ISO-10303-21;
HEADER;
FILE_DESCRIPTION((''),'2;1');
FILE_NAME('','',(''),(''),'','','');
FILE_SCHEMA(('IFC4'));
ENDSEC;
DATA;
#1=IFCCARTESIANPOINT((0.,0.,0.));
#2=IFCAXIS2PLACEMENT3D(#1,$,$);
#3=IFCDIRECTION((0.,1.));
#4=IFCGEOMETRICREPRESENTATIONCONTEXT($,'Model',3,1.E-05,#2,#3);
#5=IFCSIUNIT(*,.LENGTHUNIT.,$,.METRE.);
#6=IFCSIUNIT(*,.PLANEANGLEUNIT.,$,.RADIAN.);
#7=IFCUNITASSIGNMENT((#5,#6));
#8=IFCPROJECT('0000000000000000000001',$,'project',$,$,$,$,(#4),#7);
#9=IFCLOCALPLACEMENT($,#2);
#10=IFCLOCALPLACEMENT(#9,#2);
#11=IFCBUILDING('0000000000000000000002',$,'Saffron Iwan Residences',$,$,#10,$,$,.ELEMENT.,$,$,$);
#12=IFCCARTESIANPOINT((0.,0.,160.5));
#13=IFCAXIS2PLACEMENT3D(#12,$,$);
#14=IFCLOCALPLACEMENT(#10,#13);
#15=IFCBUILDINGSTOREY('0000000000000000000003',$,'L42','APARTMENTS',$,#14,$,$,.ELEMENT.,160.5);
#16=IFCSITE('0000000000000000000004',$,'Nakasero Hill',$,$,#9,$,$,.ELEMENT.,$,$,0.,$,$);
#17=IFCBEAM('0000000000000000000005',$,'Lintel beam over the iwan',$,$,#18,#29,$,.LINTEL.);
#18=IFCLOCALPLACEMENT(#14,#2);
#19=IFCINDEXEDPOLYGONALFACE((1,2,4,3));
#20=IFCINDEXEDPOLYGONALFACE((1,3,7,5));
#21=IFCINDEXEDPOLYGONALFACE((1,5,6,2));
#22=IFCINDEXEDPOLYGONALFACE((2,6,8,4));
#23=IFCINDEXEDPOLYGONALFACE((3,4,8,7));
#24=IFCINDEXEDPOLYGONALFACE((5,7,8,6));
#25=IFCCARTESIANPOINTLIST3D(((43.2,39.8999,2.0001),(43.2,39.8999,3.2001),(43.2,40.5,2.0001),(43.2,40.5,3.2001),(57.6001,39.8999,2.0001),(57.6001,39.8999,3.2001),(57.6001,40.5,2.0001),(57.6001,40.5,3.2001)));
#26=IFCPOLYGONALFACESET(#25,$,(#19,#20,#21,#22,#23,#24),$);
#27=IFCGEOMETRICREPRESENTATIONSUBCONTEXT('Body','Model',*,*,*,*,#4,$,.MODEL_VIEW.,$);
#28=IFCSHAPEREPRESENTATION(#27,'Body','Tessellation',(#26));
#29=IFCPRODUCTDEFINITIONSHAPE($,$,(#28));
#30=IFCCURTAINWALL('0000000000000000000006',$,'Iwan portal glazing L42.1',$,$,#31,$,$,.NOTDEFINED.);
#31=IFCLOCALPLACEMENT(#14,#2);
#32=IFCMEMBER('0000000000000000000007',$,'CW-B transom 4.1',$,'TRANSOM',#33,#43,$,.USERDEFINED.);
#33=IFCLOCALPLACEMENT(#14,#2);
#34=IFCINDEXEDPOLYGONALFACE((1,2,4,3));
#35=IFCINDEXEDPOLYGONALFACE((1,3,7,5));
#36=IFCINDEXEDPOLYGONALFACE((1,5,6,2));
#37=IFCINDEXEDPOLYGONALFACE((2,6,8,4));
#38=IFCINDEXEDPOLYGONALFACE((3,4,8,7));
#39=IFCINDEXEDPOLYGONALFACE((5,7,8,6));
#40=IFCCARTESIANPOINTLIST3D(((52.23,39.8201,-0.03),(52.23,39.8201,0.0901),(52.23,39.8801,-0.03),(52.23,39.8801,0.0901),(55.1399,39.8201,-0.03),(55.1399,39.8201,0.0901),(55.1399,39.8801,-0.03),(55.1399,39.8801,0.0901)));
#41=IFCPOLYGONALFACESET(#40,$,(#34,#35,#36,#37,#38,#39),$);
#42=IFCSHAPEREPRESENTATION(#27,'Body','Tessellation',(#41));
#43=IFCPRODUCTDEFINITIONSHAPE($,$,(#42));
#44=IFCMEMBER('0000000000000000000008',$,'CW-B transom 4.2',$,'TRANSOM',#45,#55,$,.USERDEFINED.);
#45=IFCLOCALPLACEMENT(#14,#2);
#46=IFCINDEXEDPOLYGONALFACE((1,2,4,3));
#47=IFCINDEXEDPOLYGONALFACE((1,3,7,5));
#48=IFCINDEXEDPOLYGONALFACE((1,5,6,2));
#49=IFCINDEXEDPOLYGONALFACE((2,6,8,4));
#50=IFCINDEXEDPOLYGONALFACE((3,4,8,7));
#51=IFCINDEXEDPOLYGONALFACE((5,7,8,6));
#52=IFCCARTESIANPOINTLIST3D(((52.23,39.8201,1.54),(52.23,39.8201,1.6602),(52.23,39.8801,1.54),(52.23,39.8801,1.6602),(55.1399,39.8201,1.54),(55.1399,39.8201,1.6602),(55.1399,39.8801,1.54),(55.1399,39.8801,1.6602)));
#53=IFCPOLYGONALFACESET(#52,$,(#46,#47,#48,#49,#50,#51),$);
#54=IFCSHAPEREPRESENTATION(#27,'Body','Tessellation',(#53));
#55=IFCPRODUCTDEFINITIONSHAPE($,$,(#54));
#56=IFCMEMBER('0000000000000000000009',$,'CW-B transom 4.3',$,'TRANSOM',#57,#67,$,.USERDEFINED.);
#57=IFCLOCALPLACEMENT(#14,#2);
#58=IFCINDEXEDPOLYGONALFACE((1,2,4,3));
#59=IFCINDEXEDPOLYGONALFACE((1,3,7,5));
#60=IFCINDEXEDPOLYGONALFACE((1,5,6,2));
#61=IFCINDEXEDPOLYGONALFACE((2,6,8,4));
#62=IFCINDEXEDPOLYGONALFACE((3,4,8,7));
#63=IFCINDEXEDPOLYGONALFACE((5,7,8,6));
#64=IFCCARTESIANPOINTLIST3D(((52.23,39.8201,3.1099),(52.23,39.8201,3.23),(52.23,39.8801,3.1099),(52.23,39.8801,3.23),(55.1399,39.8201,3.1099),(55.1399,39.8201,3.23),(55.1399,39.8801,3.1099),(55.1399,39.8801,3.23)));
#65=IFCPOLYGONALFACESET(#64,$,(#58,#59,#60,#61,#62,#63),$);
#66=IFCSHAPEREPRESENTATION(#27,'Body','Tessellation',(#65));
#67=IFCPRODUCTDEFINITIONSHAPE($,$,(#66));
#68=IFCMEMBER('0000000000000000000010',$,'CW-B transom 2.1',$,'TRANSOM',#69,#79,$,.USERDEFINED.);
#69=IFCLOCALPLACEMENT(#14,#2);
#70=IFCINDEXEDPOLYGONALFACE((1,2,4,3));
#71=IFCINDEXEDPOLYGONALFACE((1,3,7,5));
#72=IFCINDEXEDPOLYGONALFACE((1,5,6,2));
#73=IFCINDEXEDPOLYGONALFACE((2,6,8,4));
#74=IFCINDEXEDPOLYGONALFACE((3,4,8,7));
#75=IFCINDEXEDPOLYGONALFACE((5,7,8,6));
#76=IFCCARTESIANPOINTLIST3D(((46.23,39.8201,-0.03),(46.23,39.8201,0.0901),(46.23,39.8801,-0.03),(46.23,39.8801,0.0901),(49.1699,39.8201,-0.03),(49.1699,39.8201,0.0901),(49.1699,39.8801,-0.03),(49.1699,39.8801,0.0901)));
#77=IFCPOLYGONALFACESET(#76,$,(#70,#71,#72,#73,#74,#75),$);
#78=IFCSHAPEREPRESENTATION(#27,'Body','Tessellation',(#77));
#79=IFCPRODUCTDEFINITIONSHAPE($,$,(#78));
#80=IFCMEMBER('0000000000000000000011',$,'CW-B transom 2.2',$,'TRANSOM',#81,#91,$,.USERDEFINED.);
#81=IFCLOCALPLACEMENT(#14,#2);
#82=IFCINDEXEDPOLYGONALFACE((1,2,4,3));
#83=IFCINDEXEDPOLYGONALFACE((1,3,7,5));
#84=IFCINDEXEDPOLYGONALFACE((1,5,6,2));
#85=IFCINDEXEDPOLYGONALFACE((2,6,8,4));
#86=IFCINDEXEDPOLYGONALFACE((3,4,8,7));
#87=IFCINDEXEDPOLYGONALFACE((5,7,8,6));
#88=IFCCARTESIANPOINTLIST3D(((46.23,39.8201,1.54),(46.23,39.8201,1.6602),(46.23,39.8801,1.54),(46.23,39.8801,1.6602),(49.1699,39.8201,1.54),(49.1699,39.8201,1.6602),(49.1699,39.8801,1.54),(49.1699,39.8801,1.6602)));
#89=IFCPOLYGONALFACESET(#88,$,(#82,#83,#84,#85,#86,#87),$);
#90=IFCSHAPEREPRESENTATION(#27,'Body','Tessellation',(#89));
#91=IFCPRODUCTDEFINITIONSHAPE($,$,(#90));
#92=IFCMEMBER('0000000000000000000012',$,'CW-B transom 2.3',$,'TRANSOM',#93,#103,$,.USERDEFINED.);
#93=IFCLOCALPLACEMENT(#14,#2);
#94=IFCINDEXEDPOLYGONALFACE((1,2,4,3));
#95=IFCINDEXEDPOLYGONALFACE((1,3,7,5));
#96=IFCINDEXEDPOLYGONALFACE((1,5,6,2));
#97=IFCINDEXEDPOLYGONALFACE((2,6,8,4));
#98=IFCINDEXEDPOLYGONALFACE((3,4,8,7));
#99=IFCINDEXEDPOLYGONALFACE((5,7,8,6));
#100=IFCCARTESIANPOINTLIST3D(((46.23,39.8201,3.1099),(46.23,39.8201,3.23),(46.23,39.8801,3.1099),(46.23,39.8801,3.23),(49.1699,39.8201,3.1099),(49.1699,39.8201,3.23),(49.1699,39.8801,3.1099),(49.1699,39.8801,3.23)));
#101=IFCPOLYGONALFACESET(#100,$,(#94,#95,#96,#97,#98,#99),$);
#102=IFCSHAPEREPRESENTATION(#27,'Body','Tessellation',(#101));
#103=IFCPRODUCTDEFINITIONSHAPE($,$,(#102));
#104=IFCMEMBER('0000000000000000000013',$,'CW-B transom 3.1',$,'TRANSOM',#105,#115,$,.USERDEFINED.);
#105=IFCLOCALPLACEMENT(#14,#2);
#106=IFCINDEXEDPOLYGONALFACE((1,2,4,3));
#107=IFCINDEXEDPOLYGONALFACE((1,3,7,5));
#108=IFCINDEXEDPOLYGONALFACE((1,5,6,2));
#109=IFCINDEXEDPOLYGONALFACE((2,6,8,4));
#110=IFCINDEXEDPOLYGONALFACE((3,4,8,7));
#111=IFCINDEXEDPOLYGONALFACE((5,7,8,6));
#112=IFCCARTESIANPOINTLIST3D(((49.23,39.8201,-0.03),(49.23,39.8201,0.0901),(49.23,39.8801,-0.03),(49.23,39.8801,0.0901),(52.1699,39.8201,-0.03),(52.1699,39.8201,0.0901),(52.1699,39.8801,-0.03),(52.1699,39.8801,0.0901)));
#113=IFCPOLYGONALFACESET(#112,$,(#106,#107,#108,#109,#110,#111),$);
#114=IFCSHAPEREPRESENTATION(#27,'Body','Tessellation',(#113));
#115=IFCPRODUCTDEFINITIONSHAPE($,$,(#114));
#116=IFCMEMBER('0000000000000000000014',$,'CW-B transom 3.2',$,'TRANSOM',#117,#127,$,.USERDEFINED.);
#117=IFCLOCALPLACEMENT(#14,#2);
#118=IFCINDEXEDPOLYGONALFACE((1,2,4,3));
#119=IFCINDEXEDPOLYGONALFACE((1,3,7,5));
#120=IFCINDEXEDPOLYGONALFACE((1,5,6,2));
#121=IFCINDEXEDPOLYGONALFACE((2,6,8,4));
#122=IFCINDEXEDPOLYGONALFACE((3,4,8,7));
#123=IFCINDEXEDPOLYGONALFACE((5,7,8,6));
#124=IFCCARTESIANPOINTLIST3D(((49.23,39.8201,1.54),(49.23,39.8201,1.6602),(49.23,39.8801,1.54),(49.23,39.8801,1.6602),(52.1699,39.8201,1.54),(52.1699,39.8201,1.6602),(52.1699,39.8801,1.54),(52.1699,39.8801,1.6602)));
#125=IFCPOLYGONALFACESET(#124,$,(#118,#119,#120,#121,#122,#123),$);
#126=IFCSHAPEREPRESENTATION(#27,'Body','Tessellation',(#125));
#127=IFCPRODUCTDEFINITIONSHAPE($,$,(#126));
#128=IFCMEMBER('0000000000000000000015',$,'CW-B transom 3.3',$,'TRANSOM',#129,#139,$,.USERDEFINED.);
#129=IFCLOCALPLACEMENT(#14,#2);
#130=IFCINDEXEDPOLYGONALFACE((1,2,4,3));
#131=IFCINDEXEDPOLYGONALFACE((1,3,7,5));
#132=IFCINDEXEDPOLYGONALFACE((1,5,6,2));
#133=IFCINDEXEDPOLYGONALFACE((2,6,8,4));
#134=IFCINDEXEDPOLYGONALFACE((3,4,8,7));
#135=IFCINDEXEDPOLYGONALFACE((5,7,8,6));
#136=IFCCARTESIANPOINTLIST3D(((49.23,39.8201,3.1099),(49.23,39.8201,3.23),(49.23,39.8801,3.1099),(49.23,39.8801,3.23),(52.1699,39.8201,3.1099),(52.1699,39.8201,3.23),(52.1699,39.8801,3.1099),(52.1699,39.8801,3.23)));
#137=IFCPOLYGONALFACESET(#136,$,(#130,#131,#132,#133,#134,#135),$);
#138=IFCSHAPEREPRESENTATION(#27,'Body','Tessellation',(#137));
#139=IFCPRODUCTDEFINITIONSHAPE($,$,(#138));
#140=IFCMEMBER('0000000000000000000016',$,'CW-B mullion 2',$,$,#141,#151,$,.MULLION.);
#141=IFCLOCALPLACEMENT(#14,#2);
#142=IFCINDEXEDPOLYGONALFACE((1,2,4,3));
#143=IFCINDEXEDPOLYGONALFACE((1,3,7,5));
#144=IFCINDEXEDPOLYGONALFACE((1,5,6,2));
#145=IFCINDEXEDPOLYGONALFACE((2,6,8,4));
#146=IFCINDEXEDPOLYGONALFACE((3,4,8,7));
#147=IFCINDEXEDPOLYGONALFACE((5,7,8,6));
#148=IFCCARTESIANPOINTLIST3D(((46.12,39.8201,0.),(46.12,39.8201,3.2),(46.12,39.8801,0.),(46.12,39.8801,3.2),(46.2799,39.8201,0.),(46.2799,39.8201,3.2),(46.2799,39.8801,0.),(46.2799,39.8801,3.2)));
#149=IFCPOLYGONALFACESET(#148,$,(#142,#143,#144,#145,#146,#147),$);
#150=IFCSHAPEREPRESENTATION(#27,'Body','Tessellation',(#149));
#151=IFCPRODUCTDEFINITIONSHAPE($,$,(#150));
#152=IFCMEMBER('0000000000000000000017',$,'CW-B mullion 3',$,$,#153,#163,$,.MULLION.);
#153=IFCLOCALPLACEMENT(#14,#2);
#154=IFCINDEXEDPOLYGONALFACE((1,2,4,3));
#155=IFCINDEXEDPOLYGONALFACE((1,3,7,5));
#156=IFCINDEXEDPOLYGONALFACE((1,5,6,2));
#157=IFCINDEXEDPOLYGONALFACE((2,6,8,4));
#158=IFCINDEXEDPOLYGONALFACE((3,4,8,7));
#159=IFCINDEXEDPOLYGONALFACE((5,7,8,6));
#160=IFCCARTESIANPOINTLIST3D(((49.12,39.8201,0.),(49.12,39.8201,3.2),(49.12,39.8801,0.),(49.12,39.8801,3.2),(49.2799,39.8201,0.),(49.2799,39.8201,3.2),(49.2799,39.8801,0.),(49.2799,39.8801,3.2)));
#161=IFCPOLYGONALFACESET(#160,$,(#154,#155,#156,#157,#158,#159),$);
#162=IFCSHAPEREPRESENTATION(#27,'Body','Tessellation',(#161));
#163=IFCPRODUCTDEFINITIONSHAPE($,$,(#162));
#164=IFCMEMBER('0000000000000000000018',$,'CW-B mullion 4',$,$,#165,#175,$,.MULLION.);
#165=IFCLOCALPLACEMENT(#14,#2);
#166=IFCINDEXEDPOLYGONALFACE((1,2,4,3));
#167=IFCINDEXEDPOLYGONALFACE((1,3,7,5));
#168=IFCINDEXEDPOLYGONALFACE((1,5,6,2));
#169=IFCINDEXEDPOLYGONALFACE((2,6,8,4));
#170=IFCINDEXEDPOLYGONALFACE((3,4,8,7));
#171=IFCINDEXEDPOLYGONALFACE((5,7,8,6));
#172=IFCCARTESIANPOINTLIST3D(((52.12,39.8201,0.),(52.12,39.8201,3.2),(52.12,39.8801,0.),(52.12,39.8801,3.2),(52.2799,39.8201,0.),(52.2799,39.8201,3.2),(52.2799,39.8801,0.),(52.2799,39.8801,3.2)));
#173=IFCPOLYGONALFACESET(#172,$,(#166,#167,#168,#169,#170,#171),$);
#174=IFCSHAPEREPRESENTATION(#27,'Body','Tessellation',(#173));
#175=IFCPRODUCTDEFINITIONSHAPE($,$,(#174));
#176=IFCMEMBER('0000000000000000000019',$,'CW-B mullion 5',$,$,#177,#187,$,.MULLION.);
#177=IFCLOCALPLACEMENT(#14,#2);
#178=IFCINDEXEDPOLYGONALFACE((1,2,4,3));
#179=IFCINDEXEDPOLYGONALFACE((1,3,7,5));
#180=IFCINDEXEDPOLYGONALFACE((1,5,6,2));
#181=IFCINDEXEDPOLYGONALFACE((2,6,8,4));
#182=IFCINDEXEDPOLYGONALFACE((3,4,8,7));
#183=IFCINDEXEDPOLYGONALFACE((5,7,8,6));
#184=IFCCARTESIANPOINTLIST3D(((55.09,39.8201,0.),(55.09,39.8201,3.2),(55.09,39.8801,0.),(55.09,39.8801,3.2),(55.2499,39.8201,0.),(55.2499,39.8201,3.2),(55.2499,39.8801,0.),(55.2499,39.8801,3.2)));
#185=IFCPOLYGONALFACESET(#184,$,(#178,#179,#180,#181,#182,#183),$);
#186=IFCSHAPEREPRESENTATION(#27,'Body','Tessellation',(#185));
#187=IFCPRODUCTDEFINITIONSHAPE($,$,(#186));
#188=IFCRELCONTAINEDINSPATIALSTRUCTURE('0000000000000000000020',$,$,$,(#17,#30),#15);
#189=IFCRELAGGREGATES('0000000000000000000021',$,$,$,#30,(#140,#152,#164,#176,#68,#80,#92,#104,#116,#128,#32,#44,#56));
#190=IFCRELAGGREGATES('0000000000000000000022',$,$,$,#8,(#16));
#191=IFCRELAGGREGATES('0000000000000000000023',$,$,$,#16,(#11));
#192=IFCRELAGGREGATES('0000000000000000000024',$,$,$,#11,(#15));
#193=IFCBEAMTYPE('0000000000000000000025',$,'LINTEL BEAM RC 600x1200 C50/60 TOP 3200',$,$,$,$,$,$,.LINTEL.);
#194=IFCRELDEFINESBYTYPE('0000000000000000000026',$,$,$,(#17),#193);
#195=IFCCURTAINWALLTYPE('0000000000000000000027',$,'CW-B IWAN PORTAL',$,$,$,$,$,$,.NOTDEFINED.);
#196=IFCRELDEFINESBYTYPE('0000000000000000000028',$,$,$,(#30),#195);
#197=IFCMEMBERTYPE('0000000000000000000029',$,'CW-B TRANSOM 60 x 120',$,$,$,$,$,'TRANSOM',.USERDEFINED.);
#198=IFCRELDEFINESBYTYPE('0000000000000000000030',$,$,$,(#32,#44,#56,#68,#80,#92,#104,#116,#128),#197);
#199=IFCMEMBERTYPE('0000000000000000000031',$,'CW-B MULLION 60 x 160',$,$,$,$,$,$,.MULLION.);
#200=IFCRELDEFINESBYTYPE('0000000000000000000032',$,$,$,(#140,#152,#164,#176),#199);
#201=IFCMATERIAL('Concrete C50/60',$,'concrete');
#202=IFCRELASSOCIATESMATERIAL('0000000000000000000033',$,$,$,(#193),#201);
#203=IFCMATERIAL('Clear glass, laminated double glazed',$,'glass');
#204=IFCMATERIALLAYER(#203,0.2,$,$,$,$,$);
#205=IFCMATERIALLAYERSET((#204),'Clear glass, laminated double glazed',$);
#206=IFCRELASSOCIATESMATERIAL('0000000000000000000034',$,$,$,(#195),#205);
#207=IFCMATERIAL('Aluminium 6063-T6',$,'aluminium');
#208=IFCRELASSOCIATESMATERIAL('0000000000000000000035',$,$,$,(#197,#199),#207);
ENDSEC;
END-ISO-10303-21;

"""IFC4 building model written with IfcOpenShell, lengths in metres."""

from ifc_helpers import new_model, si_unit, direction, frame, origin, origin_2d, place, context, subcontext, project, spatial, rectangle, extrude, source, transform, mapped, material, layer, layer_set, material_profile, profile_set, type_object, element, aggregate, save


model = new_model("IFC4")

# Units and contexts
model_context = context("Model", 3, precision=1e-05, world=origin(), true_north=direction((0.0, 1.0)))
body_context = subcontext(model_context, "Body", "Model", "MODEL_VIEW")
ifc_project = project(units=[si_unit("LENGTHUNIT", "METRE"), si_unit("PLANEANGLEUNIT", "RADIAN")], contexts=[model_context])

# Site, building, storey
site_placement = place(None, origin())
site = spatial("IfcSite", under=ifc_project, at=site_placement, Name="Nakasero Hill", CompositionType="ELEMENT", RefElevation=0.0)
building_placement = place(site_placement, origin())
building = spatial("IfcBuilding", under=site, at=building_placement, Name="Saffron Iwan Residences", CompositionType="ELEMENT")
storey_placement = place(building_placement, frame((0.0, 0.0, 160.5)))
storey = spatial("IfcBuildingStorey", under=building, at=storey_placement, Name="L42", Description="APARTMENTS", CompositionType="ELEMENT", Elevation=160.5)

# Beam
ifc_material_1 = material(Name="Concrete C50/60", Category="concrete")
ifc_material_profile_1 = material_profile(ifc_material_1, rectangle(XDim=0.6001, YDim=1.2, at=origin_2d()), Name="RC 600x1200")
ifc_profile_set_1 = profile_set([ifc_material_profile_1], Name="Concrete C50/60")
beam_type = type_object("IfcBeamType", Name="LINTEL BEAM RC 600x1200 C50/60 TOP 3200", PredefinedType="LINTEL", material=ifc_profile_set_1)
shared_shape_1 = source(origin(), body_context, "Body", "SweptSolid", [
    extrude(rectangle(XDim=0.6001, YDim=1.2, at=origin_2d()), origin(), (0.0, 0.0, 1.0), 14.4001),
])
beam_placement = place(storey_placement, frame((57.6001, 40.2, 2.6001), z_axis=(-1.0, 0.0, 0.0), x_axis=(0.0, -1.0, 0.0)))
element("IfcBeam", 1, at=beam_placement, inside=storey, type_object=beam_type, Name="Lintel beam over the iwan", PredefinedType="LINTEL", context=body_context, shape_type="MappedRepresentation", body=[
    mapped(shared_shape_1, transform((0.0, 0.0, 0.0))),
])

# Curtain wall, members
ifc_material_2 = material(Name="Clear glass, laminated double glazed", Category="glass")
ifc_layer_1 = layer(ifc_material_2, 0.2)
ifc_layer_set_1 = layer_set([ifc_layer_1], Name="Clear glass, laminated double glazed")
curtain_wall_type = type_object("IfcCurtainWallType", Name="CW-B IWAN PORTAL", PredefinedType="NOTDEFINED", material=ifc_layer_set_1)
curtain_wall_placement = place(storey_placement, origin())
curtain_wall = element("IfcCurtainWall", 2, at=curtain_wall_placement, inside=storey, type_object=curtain_wall_type, Name="Iwan portal glazing L42.1", PredefinedType="NOTDEFINED")
ifc_material_3 = material(Name="Aluminium 6063-T6", Category="aluminium")
ifc_material_profile_2 = material_profile(ifc_material_3, rectangle(XDim=0.0601, YDim=0.1201, at=origin_2d()), Name="CW-B TRANSOM 60 x 120")
ifc_profile_set_2 = profile_set([ifc_material_profile_2], Name="Aluminium 6063-T6")
member_type_1 = type_object("IfcMemberType", Name="CW-B TRANSOM 60 x 120", ElementType="TRANSOM", PredefinedType="USERDEFINED", material=ifc_profile_set_2)
shared_shape_2 = source(origin(), body_context, "Body", "SweptSolid", [
    extrude(rectangle(XDim=0.0601, YDim=0.1201, at=origin_2d()), origin(), (0.0, 0.0, 1.0), 2.9099),
])
member_1_placement = place(storey_placement, frame((52.23, 39.8501, 0.03), z_axis=(1.0, 0.0, 0.0), x_axis=(0.0, 1.0, 0.0)))
member_1 = element("IfcMember", 3, at=member_1_placement, type_object=member_type_1, Name="CW-B transom 4.1", ObjectType="TRANSOM", PredefinedType="USERDEFINED", context=body_context, shape_type="MappedRepresentation", body=[
    mapped(shared_shape_2, transform((0.0, 0.0, 0.0))),
])
member_2_placement = place(storey_placement, frame((52.23, 39.8501, 1.6001), z_axis=(1.0, 0.0, 0.0), x_axis=(0.0, 1.0, 0.0)))
member_2 = element("IfcMember", 4, at=member_2_placement, type_object=member_type_1, Name="CW-B transom 4.2", ObjectType="TRANSOM", PredefinedType="USERDEFINED", context=body_context, shape_type="MappedRepresentation", body=[
    mapped(shared_shape_2, transform((0.0, 0.0, 0.0))),
])
member_3_placement = place(storey_placement, frame((52.23, 39.8501, 3.1699), z_axis=(1.0, 0.0, 0.0), x_axis=(0.0, 1.0, 0.0)))
member_3 = element("IfcMember", 5, at=member_3_placement, type_object=member_type_1, Name="CW-B transom 4.3", ObjectType="TRANSOM", PredefinedType="USERDEFINED", context=body_context, shape_type="MappedRepresentation", body=[
    mapped(shared_shape_2, transform((0.0, 0.0, 0.0))),
])
shared_shape_3 = source(origin(), body_context, "Body", "SweptSolid", [
    extrude(rectangle(XDim=0.0601, YDim=0.1201, at=origin_2d()), origin(), (0.0, 0.0, 1.0), 2.9399),
])
member_4_placement = place(storey_placement, frame((46.23, 39.8501, 0.03), z_axis=(1.0, 0.0, 0.0), x_axis=(0.0, 1.0, 0.0)))
member_4 = element("IfcMember", 6, at=member_4_placement, type_object=member_type_1, Name="CW-B transom 2.1", ObjectType="TRANSOM", PredefinedType="USERDEFINED", context=body_context, shape_type="MappedRepresentation", body=[
    mapped(shared_shape_3, transform((0.0, 0.0, 0.0))),
])
member_5_placement = place(storey_placement, frame((46.23, 39.8501, 1.6001), z_axis=(1.0, 0.0, 0.0), x_axis=(0.0, 1.0, 0.0)))
member_5 = element("IfcMember", 7, at=member_5_placement, type_object=member_type_1, Name="CW-B transom 2.2", ObjectType="TRANSOM", PredefinedType="USERDEFINED", context=body_context, shape_type="MappedRepresentation", body=[
    mapped(shared_shape_3, transform((0.0, 0.0, 0.0))),
])
member_6_placement = place(storey_placement, frame((46.23, 39.8501, 3.1699), z_axis=(1.0, 0.0, 0.0), x_axis=(0.0, 1.0, 0.0)))
member_6 = element("IfcMember", 8, at=member_6_placement, type_object=member_type_1, Name="CW-B transom 2.3", ObjectType="TRANSOM", PredefinedType="USERDEFINED", context=body_context, shape_type="MappedRepresentation", body=[
    mapped(shared_shape_3, transform((0.0, 0.0, 0.0))),
])
member_7_placement = place(storey_placement, frame((49.23, 39.8501, 0.03), z_axis=(1.0, 0.0, 0.0), x_axis=(0.0, 1.0, 0.0)))
member_7 = element("IfcMember", 9, at=member_7_placement, type_object=member_type_1, Name="CW-B transom 3.1", ObjectType="TRANSOM", PredefinedType="USERDEFINED", context=body_context, shape_type="MappedRepresentation", body=[
    mapped(shared_shape_3, transform((0.0, 0.0, 0.0))),
])
member_8_placement = place(storey_placement, frame((49.23, 39.8501, 1.6001), z_axis=(1.0, 0.0, 0.0), x_axis=(0.0, 1.0, 0.0)))
member_8 = element("IfcMember", 10, at=member_8_placement, type_object=member_type_1, Name="CW-B transom 3.2", ObjectType="TRANSOM", PredefinedType="USERDEFINED", context=body_context, shape_type="MappedRepresentation", body=[
    mapped(shared_shape_3, transform((0.0, 0.0, 0.0))),
])
member_9_placement = place(storey_placement, frame((49.23, 39.8501, 3.1699), z_axis=(1.0, 0.0, 0.0), x_axis=(0.0, 1.0, 0.0)))
member_9 = element("IfcMember", 11, at=member_9_placement, type_object=member_type_1, Name="CW-B transom 3.3", ObjectType="TRANSOM", PredefinedType="USERDEFINED", context=body_context, shape_type="MappedRepresentation", body=[
    mapped(shared_shape_3, transform((0.0, 0.0, 0.0))),
])
ifc_material_profile_3 = material_profile(ifc_material_3, rectangle(XDim=0.0601, YDim=0.1599, at=origin_2d()), Name="CW-B MULLION 60 x 160")
ifc_profile_set_3 = profile_set([ifc_material_profile_3], Name="Aluminium 6063-T6")
member_type_2 = type_object("IfcMemberType", Name="CW-B MULLION 60 x 160", PredefinedType="MULLION", material=ifc_profile_set_3)
shared_shape_4 = source(origin(), body_context, "Body", "SweptSolid", [
    extrude(rectangle(XDim=0.0601, YDim=0.1599, at=origin_2d()), origin(), (0.0, 0.0, 1.0), 3.2),
])
member_10_placement = place(storey_placement, frame((46.2, 39.8501, 0.0), z_axis=(0.0, 0.0, 1.0), x_axis=(0.0, 1.0, 0.0)))
member_10 = element("IfcMember", 12, at=member_10_placement, type_object=member_type_2, Name="CW-B mullion 2", PredefinedType="MULLION", context=body_context, shape_type="MappedRepresentation", body=[
    mapped(shared_shape_4, transform((0.0, 0.0, 0.0))),
])
member_11_placement = place(storey_placement, frame((49.2, 39.8501, 0.0), z_axis=(0.0, 0.0, 1.0), x_axis=(0.0, 1.0, 0.0)))
member_11 = element("IfcMember", 13, at=member_11_placement, type_object=member_type_2, Name="CW-B mullion 3", PredefinedType="MULLION", context=body_context, shape_type="MappedRepresentation", body=[
    mapped(shared_shape_4, transform((0.0, 0.0, 0.0))),
])
member_12_placement = place(storey_placement, frame((52.2, 39.8501, 0.0), z_axis=(0.0, 0.0, 1.0), x_axis=(0.0, 1.0, 0.0)))
member_12 = element("IfcMember", 14, at=member_12_placement, type_object=member_type_2, Name="CW-B mullion 4", PredefinedType="MULLION", context=body_context, shape_type="MappedRepresentation", body=[
    mapped(shared_shape_4, transform((0.0, 0.0, 0.0))),
])
member_13_placement = place(storey_placement, frame((55.1699, 39.8501, 0.0), z_axis=(0.0, 0.0, 1.0), x_axis=(0.0, 1.0, 0.0)))
member_13 = element("IfcMember", 15, at=member_13_placement, type_object=member_type_2, Name="CW-B mullion 5", PredefinedType="MULLION", context=body_context, shape_type="MappedRepresentation", body=[
    mapped(shared_shape_4, transform((0.0, 0.0, 0.0))),
])
aggregate(curtain_wall, [member_10, member_11, member_12, member_13, member_4, member_5, member_6, member_7, member_8, member_9, member_1, member_2, member_3])

save(model, "model.ifc")
